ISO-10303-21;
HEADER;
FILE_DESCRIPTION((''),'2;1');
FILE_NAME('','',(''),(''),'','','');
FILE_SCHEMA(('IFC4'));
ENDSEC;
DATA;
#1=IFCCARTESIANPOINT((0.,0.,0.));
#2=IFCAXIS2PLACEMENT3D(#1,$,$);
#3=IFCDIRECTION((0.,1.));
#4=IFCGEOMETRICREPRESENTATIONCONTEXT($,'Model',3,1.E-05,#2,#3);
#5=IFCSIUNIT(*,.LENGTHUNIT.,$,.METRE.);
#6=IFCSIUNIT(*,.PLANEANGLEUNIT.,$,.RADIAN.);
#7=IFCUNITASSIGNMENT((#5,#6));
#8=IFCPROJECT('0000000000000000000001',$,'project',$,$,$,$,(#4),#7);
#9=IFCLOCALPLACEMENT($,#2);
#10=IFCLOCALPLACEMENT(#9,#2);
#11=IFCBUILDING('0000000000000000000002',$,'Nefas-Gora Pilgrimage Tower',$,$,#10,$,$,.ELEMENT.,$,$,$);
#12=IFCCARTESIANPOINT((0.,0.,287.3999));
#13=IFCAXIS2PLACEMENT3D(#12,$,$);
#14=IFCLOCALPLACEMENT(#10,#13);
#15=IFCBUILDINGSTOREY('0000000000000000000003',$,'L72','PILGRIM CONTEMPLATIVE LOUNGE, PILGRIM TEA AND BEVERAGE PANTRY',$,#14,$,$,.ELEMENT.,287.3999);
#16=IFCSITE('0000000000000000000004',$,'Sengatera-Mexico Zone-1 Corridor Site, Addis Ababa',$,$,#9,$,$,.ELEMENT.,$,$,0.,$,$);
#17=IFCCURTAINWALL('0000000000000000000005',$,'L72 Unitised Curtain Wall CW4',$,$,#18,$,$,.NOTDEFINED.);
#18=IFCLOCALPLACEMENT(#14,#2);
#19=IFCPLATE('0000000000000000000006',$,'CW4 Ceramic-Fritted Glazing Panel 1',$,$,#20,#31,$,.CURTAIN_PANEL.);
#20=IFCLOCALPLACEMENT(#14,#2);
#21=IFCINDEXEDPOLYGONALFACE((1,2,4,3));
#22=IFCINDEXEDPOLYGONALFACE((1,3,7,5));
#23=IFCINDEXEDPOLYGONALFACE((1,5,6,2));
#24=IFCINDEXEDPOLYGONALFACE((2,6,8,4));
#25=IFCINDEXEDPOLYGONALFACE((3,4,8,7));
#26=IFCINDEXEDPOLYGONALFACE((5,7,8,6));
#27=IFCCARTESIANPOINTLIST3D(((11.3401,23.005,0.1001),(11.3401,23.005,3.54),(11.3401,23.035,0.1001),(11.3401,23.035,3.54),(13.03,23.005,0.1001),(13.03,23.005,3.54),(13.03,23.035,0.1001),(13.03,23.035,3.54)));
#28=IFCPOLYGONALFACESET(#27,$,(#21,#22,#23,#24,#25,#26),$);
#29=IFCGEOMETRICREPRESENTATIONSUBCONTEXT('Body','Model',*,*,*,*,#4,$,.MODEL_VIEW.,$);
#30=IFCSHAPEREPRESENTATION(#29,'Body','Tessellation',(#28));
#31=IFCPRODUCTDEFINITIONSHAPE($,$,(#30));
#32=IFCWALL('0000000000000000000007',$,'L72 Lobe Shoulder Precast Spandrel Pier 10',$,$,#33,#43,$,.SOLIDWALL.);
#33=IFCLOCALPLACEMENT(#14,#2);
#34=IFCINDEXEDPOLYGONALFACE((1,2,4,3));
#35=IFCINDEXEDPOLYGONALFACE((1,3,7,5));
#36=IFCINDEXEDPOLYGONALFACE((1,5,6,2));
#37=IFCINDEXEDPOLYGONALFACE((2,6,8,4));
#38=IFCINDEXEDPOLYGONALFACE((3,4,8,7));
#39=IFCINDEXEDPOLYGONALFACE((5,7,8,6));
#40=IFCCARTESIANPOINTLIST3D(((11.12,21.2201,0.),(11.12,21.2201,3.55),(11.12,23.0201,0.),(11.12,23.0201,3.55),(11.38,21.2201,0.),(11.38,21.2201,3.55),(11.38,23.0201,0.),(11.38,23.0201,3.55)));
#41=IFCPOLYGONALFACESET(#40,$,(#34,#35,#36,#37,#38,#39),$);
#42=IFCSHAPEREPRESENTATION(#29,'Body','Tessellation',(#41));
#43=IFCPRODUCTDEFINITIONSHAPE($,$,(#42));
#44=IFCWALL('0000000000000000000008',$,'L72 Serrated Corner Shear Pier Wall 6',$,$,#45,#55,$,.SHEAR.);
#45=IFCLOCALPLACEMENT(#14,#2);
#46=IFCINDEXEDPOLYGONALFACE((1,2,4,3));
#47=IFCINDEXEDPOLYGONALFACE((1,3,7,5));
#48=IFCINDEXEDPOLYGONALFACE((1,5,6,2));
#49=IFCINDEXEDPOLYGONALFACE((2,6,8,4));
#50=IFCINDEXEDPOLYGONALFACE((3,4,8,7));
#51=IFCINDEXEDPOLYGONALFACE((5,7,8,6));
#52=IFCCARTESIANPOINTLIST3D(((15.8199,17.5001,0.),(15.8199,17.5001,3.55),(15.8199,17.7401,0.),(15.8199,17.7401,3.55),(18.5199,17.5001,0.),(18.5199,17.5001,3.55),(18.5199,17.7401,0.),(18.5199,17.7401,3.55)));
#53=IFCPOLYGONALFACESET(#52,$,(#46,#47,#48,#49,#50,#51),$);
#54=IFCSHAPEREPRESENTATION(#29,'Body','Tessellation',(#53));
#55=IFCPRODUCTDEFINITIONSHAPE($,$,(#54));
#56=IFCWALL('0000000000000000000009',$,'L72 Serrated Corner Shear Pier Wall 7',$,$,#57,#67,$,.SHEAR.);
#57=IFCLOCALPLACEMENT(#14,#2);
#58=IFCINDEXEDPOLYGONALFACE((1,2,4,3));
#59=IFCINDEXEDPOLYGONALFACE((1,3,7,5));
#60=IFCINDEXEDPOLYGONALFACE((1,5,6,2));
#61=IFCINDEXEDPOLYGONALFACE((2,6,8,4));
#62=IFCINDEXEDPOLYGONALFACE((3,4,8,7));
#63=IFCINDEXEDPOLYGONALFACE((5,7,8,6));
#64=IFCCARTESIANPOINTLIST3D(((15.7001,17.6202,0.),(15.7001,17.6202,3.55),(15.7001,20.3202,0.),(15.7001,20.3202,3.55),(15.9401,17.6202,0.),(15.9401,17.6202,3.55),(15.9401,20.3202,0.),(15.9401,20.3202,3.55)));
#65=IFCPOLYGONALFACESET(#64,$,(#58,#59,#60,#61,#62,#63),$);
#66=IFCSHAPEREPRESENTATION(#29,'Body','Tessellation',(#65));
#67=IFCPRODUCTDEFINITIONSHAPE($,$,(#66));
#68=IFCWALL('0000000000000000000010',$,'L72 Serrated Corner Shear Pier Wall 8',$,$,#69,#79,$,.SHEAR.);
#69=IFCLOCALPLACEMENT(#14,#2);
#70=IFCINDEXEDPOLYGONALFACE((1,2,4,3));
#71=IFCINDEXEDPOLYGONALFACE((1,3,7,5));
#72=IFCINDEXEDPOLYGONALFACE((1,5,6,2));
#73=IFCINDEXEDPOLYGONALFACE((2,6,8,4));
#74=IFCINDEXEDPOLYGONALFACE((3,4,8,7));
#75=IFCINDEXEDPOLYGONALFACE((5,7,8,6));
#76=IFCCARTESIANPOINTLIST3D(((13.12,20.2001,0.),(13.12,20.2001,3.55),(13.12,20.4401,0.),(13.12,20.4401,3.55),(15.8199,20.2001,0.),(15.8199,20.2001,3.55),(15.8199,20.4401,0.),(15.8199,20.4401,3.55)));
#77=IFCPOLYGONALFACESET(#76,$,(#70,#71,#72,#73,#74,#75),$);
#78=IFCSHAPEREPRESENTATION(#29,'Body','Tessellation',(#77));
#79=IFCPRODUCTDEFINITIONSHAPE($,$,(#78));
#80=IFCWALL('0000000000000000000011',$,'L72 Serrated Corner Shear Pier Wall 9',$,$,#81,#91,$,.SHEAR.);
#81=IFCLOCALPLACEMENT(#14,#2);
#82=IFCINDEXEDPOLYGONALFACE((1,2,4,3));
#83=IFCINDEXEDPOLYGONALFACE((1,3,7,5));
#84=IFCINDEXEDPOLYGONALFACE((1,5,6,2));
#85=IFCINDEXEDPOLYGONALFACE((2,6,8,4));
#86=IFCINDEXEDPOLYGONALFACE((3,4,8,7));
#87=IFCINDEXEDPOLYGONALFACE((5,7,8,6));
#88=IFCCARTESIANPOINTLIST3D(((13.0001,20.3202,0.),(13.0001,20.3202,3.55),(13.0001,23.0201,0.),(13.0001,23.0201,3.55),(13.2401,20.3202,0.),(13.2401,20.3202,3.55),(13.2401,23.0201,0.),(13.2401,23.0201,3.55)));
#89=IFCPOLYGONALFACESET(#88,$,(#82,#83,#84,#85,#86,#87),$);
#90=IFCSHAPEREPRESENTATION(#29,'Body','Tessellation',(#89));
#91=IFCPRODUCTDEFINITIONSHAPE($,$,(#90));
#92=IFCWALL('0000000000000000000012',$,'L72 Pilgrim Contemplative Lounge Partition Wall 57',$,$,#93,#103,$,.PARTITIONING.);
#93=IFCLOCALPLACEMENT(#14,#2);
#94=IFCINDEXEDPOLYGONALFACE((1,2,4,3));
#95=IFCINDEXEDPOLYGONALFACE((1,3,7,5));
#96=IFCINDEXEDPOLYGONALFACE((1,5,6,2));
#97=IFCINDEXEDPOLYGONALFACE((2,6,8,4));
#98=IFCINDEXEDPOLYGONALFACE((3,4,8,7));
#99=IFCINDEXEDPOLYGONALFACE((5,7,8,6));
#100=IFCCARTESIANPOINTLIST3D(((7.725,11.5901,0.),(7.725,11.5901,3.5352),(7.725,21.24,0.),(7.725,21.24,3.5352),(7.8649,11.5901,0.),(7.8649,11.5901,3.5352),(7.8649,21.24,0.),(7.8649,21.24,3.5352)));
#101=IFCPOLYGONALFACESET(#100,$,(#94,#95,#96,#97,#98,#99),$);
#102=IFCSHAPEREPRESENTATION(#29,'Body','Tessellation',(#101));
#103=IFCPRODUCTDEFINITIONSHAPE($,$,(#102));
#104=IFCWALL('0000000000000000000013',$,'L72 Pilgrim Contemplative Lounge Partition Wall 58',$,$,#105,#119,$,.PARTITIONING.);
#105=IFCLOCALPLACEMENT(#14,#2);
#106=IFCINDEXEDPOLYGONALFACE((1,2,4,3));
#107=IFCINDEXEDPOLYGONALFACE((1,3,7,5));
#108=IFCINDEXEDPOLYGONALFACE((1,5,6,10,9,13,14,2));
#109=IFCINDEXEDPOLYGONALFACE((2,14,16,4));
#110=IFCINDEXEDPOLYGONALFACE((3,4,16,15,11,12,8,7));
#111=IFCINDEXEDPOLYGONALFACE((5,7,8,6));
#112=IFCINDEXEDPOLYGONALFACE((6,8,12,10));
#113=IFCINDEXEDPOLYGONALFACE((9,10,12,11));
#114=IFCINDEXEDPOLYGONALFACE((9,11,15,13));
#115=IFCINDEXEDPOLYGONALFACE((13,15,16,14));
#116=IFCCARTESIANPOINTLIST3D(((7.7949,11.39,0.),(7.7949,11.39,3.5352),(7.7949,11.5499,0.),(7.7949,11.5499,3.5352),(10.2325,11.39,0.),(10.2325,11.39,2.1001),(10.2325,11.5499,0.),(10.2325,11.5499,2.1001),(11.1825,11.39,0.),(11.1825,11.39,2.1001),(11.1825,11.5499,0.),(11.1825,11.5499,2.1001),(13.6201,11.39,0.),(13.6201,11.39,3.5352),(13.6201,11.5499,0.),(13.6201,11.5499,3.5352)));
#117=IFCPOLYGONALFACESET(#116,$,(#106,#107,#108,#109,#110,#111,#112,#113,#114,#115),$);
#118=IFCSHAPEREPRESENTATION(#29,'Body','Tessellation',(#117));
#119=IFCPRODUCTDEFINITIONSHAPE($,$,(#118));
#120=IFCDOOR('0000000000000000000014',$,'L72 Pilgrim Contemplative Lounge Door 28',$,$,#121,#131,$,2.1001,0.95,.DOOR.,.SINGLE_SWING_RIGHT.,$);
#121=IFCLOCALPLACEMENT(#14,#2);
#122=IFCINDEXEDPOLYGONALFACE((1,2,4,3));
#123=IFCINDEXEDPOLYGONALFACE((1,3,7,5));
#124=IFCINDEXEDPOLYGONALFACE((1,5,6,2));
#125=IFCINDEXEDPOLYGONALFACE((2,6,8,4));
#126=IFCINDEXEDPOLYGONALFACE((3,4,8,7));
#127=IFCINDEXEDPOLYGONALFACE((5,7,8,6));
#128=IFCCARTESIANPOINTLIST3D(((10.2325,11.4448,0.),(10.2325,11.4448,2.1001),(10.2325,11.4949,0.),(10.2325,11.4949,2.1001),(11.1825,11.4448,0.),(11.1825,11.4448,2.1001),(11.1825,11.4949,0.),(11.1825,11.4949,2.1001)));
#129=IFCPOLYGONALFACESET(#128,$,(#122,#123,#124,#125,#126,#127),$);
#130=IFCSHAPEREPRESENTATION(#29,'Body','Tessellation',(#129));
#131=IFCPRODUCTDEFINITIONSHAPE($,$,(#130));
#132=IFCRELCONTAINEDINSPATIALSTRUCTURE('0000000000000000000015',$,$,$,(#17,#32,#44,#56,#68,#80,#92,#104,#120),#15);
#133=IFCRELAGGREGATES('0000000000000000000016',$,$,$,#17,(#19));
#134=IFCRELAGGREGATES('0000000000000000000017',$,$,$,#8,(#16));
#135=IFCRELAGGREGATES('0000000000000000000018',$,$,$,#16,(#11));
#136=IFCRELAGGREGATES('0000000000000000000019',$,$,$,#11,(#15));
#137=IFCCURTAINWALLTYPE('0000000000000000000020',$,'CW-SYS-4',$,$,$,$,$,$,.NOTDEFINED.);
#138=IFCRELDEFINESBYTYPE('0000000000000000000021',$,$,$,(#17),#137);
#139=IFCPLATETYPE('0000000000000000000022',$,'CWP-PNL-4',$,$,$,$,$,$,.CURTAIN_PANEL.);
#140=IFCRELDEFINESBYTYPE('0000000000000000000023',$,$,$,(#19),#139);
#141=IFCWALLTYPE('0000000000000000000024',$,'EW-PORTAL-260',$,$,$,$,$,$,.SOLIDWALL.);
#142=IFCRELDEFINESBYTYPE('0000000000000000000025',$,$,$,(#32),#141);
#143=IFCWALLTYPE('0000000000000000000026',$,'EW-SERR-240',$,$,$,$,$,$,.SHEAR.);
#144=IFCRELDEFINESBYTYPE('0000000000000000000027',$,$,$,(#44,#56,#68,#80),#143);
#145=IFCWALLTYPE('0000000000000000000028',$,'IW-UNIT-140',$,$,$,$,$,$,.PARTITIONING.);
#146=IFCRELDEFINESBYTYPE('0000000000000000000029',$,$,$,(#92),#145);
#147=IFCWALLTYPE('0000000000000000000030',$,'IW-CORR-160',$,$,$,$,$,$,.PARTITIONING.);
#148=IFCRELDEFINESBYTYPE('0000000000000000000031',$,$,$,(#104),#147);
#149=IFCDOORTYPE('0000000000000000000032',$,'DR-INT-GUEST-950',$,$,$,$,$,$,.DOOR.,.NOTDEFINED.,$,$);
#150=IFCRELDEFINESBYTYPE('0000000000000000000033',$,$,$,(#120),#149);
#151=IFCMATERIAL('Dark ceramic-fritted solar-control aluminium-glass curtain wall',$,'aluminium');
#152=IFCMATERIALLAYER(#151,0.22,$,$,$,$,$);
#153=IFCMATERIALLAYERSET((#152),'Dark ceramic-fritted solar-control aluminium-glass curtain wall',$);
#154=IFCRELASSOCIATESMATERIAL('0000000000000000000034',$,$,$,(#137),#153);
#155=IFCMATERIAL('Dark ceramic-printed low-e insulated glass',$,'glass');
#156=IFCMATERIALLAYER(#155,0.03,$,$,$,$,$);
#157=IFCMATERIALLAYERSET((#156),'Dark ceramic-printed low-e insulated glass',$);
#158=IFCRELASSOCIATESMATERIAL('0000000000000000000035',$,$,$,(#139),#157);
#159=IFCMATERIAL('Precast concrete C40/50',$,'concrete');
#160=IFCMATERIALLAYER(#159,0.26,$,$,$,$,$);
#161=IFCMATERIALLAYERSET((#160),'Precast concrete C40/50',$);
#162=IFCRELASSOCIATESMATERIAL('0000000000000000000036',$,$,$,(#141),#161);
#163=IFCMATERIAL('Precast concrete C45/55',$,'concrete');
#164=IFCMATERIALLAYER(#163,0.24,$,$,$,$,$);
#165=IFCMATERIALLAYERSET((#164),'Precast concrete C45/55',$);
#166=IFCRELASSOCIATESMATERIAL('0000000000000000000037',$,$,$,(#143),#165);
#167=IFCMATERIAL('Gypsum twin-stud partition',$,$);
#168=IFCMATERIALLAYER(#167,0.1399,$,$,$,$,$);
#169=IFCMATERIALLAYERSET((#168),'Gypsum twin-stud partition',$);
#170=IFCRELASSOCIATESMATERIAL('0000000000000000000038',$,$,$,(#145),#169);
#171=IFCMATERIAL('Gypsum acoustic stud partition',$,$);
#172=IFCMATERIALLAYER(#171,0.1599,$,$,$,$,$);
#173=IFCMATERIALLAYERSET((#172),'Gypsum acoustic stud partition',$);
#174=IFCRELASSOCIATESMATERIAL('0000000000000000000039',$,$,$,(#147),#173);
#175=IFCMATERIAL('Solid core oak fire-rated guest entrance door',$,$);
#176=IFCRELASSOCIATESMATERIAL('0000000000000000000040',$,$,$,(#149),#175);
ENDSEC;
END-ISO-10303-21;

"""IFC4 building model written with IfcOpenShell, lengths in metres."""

from ifc_helpers import new_model, si_unit, direction, frame, frame_2d, origin, origin_2d, place, context, subcontext, project, spatial, rectangle, extrude, source, transform, mapped, material, layer, layer_set, type_object, element, fill, aggregate, save


model = new_model("IFC4")

# Units and contexts
model_context = context("Model", 3, precision=1e-05, world=origin(), true_north=direction((0.0, 1.0)))
body_context = subcontext(model_context, "Body", "Model", "MODEL_VIEW")
ifc_project = project(units=[si_unit("LENGTHUNIT", "METRE"), si_unit("PLANEANGLEUNIT", "RADIAN")], contexts=[model_context])

# Site, building, storey
site_placement = place(None, origin())
site = spatial("IfcSite", under=ifc_project, at=site_placement, Name="Sengatera-Mexico Zone-1 Corridor Site, Addis Ababa", CompositionType="ELEMENT", RefElevation=0.0)
building_placement = place(site_placement, origin())
building = spatial("IfcBuilding", under=site, at=building_placement, Name="Nefas-Gora Pilgrimage Tower", CompositionType="ELEMENT")
storey_placement = place(building_placement, frame((0.0, 0.0, 287.3999)))
storey = spatial("IfcBuildingStorey", under=building, at=storey_placement, Name="L72", Description="PILGRIM CONTEMPLATIVE LOUNGE, PILGRIM TEA AND BEVERAGE PANTRY", CompositionType="ELEMENT", Elevation=287.3999)

# Shared definitions
ifc_material_1 = material(Name="Dark ceramic-fritted solar-control aluminium-glass curtain wall", Category="aluminium")

# Curtain wall
ifc_layer_1 = layer(ifc_material_1, 0.22)
ifc_layer_set_1 = layer_set([ifc_layer_1], Name="Dark ceramic-fritted solar-control aluminium-glass curtain wall")
curtain_wall_type_1 = type_object("IfcCurtainWallType", Name="CW-SYS-4", PredefinedType="NOTDEFINED", material=ifc_layer_set_1)
curtain_wall_1_placement = place(storey_placement, origin())
curtain_wall_1 = element("IfcCurtainWall", 1, at=curtain_wall_1_placement, inside=storey, type_object=curtain_wall_type_1, Name="L72 Unitised Curtain Wall CW4", PredefinedType="NOTDEFINED")

# Plate
ifc_material_2 = material(Name="Dark ceramic-printed low-e insulated glass", Category="glass")
ifc_layer_2 = layer(ifc_material_2, 0.03)
ifc_layer_set_2 = layer_set([ifc_layer_2], Name="Dark ceramic-printed low-e insulated glass")
plate_type_1 = type_object("IfcPlateType", Name="CWP-PNL-4", PredefinedType="CURTAIN_PANEL", material=ifc_layer_set_2)
shared_shape_1 = source(origin(), body_context, "Body", "SweptSolid", [
    extrude(rectangle(XDim=1.6899, YDim=0.03, at=origin_2d()), origin(), (0.0, 0.0, 1.0), 3.4399),
])
plate_1_placement = place(storey_placement, frame((12.1851, 23.02, 0.1001), z_axis=(0.0, 0.0, 1.0), x_axis=(-1.0, 0.0, 0.0)))
plate_1 = element("IfcPlate", 2, at=plate_1_placement, type_object=plate_type_1, Name="CW4 Ceramic-Fritted Glazing Panel 1", PredefinedType="CURTAIN_PANEL", context=body_context, shape_type="MappedRepresentation", body=[
    mapped(shared_shape_1, transform((0.0, 0.0, 0.0), x_axis=(1.0, 0.0, 0.0), y_axis=(0.0, 1.0, 0.0), z_axis=(0.0, 0.0, 1.0), scale=1.0)),
])
aggregate(curtain_wall_1, [plate_1])

# Walls
ifc_material_3 = material(Name="Precast concrete C40/50", Category="concrete")
ifc_layer_3 = layer(ifc_material_3, 0.26)
ifc_layer_set_3 = layer_set([ifc_layer_3], Name="Precast concrete C40/50")
wall_type_1 = type_object("IfcWallType", Name="EW-PORTAL-260", PredefinedType="SOLIDWALL", material=ifc_layer_set_3)
shared_shape_2 = source(origin(), body_context, "Body", "SweptSolid", [
    extrude(rectangle(XDim=1.8, YDim=0.26, at=frame_2d((0.8999, 0.0))), origin(), (0.0, 0.0, 1.0), 3.55),
])
wall_1_placement = place(storey_placement, frame((11.25, 23.02, 0.0), z_axis=(0.0, 0.0, 1.0), x_axis=(0.0, -1.0, 0.0)))
element("IfcWall", 3, at=wall_1_placement, inside=storey, type_object=wall_type_1, Name="L72 Lobe Shoulder Precast Spandrel Pier 10", PredefinedType="SOLIDWALL", context=body_context, shape_type="MappedRepresentation", body=[
    mapped(shared_shape_2, transform((0.0, 0.0, 0.0), x_axis=(1.0, 0.0, 0.0), y_axis=(0.0, 1.0, 0.0), z_axis=(0.0, 0.0, 1.0), scale=1.0)),
])
ifc_material_4 = material(Name="Precast concrete C45/55", Category="concrete")
ifc_layer_4 = layer(ifc_material_4, 0.24)
ifc_layer_set_4 = layer_set([ifc_layer_4], Name="Precast concrete C45/55")
wall_type_2 = type_object("IfcWallType", Name="EW-SERR-240", PredefinedType="SHEAR", material=ifc_layer_set_4)
shared_shape_3 = source(origin(), body_context, "Body", "SweptSolid", [
    extrude(rectangle(XDim=2.7, YDim=0.24, at=frame_2d((1.3501, 0.0))), origin(), (0.0, 0.0, 1.0), 3.55),
])
for number, where, z_axis, x_axis, name in (
    (4, (18.52, 17.6201, 0.0), (0.0, 0.0, 1.0), (-1.0, 0.0, 0.0), "L72 Serrated Corner Shear Pier Wall 6"),
    (5, (15.8201, 17.6201, 0.0), (0.0, 0.0, 1.0), (0.0, 1.0, 0.0), "L72 Serrated Corner Shear Pier Wall 7"),
    (6, (15.8201, 20.3201, 0.0), (0.0, 0.0, 1.0), (-1.0, 0.0, 0.0), "L72 Serrated Corner Shear Pier Wall 8"),
    (7, (13.1201, 20.3201, 0.0), (0.0, 0.0, 1.0), (0.0, 1.0, 0.0), "L72 Serrated Corner Shear Pier Wall 9"),
):
    element("IfcWall", number, at=place(storey_placement, frame(where, z_axis=z_axis, x_axis=x_axis)), inside=storey, type_object=wall_type_2, Name=name, PredefinedType="SHEAR", context=body_context, shape_type="MappedRepresentation", body=[
        mapped(shared_shape_3, transform((0.0, 0.0, 0.0), x_axis=(1.0, 0.0, 0.0), y_axis=(0.0, 1.0, 0.0), z_axis=(0.0, 0.0, 1.0), scale=1.0)),
    ])
ifc_material_5 = material(Name="Gypsum twin-stud partition")
ifc_layer_5 = layer(ifc_material_5, 0.1399)
ifc_layer_set_5 = layer_set([ifc_layer_5], Name="Gypsum twin-stud partition")
wall_type_3 = type_object("IfcWallType", Name="IW-UNIT-140", PredefinedType="PARTITIONING", material=ifc_layer_set_5)
shared_shape_4 = source(origin(), body_context, "Body", "SweptSolid", [
    extrude(rectangle(XDim=9.6499, YDim=0.1399, at=frame_2d((4.825, 0.0))), origin(), (0.0, 0.0, 1.0), 3.5352),
])
wall_2_placement = place(storey_placement, frame((7.7949, 11.5901, 0.0), z_axis=(0.0, 0.0, 1.0), x_axis=(0.0, 1.0, 0.0)))
element("IfcWall", 8, at=wall_2_placement, inside=storey, type_object=wall_type_3, Name="L72 Pilgrim Contemplative Lounge Partition Wall 57", PredefinedType="PARTITIONING", context=body_context, shape_type="MappedRepresentation", body=[
    mapped(shared_shape_4, transform((0.0, 0.0, 0.0), x_axis=(1.0, 0.0, 0.0), y_axis=(0.0, 1.0, 0.0), z_axis=(0.0, 0.0, 1.0), scale=1.0)),
])

# Wall, opening, door
ifc_material_6 = material(Name="Gypsum acoustic stud partition")
ifc_layer_6 = layer(ifc_material_6, 0.1599)
ifc_layer_set_6 = layer_set([ifc_layer_6], Name="Gypsum acoustic stud partition")
wall_type_4 = type_object("IfcWallType", Name="IW-CORR-160", PredefinedType="PARTITIONING", material=ifc_layer_set_6)
shared_shape_5 = source(origin(), body_context, "Body", "SweptSolid", [
    extrude(rectangle(XDim=5.8252, YDim=0.1599, at=frame_2d((2.9126, 0.0))), origin(), (0.0, 0.0, 1.0), 3.5352),
])
wall_3_placement = place(storey_placement, frame((7.7949, 11.47, 0.0), z_axis=(0.0, 0.0, 1.0), x_axis=(1.0, 0.0, 0.0)))
wall_3 = element("IfcWall", 9, at=wall_3_placement, inside=storey, type_object=wall_type_4, Name="L72 Pilgrim Contemplative Lounge Partition Wall 58", PredefinedType="PARTITIONING", context=body_context, shape_type="MappedRepresentation", body=[
    mapped(shared_shape_5, transform((0.0, 0.0, 0.0), x_axis=(1.0, 0.0, 0.0), y_axis=(0.0, 1.0, 0.0), z_axis=(0.0, 0.0, 1.0), scale=1.0)),
])
opening_placement = place(wall_3_placement, frame((2.4375, 0.0, 0.0)))
opening = element("IfcOpeningElement", 10, at=opening_placement, cuts=wall_3, PredefinedType="OPENING", context=body_context, shape_type="SweptSolid", body=[
    extrude(rectangle(XDim=0.95, YDim=2.1001, at=frame_2d((0.4751, 1.05))), frame((0.0, 0.0898, 0.0), z_axis=(0.0, -1.0, 0.0), x_axis=(1.0, 0.0, 0.0)), (0.0, 0.0, 1.0), 0.1799),
])
ifc_material_7 = material(Name="Solid core oak fire-rated guest entrance door")
door_type = type_object("IfcDoorType", Name="DR-INT-GUEST-950", OperationType="NOTDEFINED", PredefinedType="DOOR", material=ifc_material_7)
shared_shape_6 = source(origin(), body_context, "Body", "SweptSolid", [
    extrude(rectangle(XDim=0.95, YDim=2.1001, at=frame_2d((0.4751, 1.05))), frame((0.0, 0.0249, 0.0), z_axis=(0.0, -1.0, 0.0), x_axis=(1.0, 0.0, 0.0)), (0.0, 0.0, 1.0), 0.05),
])
door_placement = place(opening_placement, origin())
door = element("IfcDoor", 11, at=door_placement, inside=storey, type_object=door_type, Name="L72 Pilgrim Contemplative Lounge Door 28", OperationType="SINGLE_SWING_RIGHT", OverallHeight=2.1001, OverallWidth=0.95, PredefinedType="DOOR", context=body_context, shape_type="MappedRepresentation", body=[
    mapped(shared_shape_6, transform((0.0, 0.0, 0.0), x_axis=(1.0, 0.0, 0.0), y_axis=(0.0, 1.0, 0.0), z_axis=(0.0, 0.0, 1.0), scale=1.0)),
])
fill(opening, door)

save(model, "model.ifc")
